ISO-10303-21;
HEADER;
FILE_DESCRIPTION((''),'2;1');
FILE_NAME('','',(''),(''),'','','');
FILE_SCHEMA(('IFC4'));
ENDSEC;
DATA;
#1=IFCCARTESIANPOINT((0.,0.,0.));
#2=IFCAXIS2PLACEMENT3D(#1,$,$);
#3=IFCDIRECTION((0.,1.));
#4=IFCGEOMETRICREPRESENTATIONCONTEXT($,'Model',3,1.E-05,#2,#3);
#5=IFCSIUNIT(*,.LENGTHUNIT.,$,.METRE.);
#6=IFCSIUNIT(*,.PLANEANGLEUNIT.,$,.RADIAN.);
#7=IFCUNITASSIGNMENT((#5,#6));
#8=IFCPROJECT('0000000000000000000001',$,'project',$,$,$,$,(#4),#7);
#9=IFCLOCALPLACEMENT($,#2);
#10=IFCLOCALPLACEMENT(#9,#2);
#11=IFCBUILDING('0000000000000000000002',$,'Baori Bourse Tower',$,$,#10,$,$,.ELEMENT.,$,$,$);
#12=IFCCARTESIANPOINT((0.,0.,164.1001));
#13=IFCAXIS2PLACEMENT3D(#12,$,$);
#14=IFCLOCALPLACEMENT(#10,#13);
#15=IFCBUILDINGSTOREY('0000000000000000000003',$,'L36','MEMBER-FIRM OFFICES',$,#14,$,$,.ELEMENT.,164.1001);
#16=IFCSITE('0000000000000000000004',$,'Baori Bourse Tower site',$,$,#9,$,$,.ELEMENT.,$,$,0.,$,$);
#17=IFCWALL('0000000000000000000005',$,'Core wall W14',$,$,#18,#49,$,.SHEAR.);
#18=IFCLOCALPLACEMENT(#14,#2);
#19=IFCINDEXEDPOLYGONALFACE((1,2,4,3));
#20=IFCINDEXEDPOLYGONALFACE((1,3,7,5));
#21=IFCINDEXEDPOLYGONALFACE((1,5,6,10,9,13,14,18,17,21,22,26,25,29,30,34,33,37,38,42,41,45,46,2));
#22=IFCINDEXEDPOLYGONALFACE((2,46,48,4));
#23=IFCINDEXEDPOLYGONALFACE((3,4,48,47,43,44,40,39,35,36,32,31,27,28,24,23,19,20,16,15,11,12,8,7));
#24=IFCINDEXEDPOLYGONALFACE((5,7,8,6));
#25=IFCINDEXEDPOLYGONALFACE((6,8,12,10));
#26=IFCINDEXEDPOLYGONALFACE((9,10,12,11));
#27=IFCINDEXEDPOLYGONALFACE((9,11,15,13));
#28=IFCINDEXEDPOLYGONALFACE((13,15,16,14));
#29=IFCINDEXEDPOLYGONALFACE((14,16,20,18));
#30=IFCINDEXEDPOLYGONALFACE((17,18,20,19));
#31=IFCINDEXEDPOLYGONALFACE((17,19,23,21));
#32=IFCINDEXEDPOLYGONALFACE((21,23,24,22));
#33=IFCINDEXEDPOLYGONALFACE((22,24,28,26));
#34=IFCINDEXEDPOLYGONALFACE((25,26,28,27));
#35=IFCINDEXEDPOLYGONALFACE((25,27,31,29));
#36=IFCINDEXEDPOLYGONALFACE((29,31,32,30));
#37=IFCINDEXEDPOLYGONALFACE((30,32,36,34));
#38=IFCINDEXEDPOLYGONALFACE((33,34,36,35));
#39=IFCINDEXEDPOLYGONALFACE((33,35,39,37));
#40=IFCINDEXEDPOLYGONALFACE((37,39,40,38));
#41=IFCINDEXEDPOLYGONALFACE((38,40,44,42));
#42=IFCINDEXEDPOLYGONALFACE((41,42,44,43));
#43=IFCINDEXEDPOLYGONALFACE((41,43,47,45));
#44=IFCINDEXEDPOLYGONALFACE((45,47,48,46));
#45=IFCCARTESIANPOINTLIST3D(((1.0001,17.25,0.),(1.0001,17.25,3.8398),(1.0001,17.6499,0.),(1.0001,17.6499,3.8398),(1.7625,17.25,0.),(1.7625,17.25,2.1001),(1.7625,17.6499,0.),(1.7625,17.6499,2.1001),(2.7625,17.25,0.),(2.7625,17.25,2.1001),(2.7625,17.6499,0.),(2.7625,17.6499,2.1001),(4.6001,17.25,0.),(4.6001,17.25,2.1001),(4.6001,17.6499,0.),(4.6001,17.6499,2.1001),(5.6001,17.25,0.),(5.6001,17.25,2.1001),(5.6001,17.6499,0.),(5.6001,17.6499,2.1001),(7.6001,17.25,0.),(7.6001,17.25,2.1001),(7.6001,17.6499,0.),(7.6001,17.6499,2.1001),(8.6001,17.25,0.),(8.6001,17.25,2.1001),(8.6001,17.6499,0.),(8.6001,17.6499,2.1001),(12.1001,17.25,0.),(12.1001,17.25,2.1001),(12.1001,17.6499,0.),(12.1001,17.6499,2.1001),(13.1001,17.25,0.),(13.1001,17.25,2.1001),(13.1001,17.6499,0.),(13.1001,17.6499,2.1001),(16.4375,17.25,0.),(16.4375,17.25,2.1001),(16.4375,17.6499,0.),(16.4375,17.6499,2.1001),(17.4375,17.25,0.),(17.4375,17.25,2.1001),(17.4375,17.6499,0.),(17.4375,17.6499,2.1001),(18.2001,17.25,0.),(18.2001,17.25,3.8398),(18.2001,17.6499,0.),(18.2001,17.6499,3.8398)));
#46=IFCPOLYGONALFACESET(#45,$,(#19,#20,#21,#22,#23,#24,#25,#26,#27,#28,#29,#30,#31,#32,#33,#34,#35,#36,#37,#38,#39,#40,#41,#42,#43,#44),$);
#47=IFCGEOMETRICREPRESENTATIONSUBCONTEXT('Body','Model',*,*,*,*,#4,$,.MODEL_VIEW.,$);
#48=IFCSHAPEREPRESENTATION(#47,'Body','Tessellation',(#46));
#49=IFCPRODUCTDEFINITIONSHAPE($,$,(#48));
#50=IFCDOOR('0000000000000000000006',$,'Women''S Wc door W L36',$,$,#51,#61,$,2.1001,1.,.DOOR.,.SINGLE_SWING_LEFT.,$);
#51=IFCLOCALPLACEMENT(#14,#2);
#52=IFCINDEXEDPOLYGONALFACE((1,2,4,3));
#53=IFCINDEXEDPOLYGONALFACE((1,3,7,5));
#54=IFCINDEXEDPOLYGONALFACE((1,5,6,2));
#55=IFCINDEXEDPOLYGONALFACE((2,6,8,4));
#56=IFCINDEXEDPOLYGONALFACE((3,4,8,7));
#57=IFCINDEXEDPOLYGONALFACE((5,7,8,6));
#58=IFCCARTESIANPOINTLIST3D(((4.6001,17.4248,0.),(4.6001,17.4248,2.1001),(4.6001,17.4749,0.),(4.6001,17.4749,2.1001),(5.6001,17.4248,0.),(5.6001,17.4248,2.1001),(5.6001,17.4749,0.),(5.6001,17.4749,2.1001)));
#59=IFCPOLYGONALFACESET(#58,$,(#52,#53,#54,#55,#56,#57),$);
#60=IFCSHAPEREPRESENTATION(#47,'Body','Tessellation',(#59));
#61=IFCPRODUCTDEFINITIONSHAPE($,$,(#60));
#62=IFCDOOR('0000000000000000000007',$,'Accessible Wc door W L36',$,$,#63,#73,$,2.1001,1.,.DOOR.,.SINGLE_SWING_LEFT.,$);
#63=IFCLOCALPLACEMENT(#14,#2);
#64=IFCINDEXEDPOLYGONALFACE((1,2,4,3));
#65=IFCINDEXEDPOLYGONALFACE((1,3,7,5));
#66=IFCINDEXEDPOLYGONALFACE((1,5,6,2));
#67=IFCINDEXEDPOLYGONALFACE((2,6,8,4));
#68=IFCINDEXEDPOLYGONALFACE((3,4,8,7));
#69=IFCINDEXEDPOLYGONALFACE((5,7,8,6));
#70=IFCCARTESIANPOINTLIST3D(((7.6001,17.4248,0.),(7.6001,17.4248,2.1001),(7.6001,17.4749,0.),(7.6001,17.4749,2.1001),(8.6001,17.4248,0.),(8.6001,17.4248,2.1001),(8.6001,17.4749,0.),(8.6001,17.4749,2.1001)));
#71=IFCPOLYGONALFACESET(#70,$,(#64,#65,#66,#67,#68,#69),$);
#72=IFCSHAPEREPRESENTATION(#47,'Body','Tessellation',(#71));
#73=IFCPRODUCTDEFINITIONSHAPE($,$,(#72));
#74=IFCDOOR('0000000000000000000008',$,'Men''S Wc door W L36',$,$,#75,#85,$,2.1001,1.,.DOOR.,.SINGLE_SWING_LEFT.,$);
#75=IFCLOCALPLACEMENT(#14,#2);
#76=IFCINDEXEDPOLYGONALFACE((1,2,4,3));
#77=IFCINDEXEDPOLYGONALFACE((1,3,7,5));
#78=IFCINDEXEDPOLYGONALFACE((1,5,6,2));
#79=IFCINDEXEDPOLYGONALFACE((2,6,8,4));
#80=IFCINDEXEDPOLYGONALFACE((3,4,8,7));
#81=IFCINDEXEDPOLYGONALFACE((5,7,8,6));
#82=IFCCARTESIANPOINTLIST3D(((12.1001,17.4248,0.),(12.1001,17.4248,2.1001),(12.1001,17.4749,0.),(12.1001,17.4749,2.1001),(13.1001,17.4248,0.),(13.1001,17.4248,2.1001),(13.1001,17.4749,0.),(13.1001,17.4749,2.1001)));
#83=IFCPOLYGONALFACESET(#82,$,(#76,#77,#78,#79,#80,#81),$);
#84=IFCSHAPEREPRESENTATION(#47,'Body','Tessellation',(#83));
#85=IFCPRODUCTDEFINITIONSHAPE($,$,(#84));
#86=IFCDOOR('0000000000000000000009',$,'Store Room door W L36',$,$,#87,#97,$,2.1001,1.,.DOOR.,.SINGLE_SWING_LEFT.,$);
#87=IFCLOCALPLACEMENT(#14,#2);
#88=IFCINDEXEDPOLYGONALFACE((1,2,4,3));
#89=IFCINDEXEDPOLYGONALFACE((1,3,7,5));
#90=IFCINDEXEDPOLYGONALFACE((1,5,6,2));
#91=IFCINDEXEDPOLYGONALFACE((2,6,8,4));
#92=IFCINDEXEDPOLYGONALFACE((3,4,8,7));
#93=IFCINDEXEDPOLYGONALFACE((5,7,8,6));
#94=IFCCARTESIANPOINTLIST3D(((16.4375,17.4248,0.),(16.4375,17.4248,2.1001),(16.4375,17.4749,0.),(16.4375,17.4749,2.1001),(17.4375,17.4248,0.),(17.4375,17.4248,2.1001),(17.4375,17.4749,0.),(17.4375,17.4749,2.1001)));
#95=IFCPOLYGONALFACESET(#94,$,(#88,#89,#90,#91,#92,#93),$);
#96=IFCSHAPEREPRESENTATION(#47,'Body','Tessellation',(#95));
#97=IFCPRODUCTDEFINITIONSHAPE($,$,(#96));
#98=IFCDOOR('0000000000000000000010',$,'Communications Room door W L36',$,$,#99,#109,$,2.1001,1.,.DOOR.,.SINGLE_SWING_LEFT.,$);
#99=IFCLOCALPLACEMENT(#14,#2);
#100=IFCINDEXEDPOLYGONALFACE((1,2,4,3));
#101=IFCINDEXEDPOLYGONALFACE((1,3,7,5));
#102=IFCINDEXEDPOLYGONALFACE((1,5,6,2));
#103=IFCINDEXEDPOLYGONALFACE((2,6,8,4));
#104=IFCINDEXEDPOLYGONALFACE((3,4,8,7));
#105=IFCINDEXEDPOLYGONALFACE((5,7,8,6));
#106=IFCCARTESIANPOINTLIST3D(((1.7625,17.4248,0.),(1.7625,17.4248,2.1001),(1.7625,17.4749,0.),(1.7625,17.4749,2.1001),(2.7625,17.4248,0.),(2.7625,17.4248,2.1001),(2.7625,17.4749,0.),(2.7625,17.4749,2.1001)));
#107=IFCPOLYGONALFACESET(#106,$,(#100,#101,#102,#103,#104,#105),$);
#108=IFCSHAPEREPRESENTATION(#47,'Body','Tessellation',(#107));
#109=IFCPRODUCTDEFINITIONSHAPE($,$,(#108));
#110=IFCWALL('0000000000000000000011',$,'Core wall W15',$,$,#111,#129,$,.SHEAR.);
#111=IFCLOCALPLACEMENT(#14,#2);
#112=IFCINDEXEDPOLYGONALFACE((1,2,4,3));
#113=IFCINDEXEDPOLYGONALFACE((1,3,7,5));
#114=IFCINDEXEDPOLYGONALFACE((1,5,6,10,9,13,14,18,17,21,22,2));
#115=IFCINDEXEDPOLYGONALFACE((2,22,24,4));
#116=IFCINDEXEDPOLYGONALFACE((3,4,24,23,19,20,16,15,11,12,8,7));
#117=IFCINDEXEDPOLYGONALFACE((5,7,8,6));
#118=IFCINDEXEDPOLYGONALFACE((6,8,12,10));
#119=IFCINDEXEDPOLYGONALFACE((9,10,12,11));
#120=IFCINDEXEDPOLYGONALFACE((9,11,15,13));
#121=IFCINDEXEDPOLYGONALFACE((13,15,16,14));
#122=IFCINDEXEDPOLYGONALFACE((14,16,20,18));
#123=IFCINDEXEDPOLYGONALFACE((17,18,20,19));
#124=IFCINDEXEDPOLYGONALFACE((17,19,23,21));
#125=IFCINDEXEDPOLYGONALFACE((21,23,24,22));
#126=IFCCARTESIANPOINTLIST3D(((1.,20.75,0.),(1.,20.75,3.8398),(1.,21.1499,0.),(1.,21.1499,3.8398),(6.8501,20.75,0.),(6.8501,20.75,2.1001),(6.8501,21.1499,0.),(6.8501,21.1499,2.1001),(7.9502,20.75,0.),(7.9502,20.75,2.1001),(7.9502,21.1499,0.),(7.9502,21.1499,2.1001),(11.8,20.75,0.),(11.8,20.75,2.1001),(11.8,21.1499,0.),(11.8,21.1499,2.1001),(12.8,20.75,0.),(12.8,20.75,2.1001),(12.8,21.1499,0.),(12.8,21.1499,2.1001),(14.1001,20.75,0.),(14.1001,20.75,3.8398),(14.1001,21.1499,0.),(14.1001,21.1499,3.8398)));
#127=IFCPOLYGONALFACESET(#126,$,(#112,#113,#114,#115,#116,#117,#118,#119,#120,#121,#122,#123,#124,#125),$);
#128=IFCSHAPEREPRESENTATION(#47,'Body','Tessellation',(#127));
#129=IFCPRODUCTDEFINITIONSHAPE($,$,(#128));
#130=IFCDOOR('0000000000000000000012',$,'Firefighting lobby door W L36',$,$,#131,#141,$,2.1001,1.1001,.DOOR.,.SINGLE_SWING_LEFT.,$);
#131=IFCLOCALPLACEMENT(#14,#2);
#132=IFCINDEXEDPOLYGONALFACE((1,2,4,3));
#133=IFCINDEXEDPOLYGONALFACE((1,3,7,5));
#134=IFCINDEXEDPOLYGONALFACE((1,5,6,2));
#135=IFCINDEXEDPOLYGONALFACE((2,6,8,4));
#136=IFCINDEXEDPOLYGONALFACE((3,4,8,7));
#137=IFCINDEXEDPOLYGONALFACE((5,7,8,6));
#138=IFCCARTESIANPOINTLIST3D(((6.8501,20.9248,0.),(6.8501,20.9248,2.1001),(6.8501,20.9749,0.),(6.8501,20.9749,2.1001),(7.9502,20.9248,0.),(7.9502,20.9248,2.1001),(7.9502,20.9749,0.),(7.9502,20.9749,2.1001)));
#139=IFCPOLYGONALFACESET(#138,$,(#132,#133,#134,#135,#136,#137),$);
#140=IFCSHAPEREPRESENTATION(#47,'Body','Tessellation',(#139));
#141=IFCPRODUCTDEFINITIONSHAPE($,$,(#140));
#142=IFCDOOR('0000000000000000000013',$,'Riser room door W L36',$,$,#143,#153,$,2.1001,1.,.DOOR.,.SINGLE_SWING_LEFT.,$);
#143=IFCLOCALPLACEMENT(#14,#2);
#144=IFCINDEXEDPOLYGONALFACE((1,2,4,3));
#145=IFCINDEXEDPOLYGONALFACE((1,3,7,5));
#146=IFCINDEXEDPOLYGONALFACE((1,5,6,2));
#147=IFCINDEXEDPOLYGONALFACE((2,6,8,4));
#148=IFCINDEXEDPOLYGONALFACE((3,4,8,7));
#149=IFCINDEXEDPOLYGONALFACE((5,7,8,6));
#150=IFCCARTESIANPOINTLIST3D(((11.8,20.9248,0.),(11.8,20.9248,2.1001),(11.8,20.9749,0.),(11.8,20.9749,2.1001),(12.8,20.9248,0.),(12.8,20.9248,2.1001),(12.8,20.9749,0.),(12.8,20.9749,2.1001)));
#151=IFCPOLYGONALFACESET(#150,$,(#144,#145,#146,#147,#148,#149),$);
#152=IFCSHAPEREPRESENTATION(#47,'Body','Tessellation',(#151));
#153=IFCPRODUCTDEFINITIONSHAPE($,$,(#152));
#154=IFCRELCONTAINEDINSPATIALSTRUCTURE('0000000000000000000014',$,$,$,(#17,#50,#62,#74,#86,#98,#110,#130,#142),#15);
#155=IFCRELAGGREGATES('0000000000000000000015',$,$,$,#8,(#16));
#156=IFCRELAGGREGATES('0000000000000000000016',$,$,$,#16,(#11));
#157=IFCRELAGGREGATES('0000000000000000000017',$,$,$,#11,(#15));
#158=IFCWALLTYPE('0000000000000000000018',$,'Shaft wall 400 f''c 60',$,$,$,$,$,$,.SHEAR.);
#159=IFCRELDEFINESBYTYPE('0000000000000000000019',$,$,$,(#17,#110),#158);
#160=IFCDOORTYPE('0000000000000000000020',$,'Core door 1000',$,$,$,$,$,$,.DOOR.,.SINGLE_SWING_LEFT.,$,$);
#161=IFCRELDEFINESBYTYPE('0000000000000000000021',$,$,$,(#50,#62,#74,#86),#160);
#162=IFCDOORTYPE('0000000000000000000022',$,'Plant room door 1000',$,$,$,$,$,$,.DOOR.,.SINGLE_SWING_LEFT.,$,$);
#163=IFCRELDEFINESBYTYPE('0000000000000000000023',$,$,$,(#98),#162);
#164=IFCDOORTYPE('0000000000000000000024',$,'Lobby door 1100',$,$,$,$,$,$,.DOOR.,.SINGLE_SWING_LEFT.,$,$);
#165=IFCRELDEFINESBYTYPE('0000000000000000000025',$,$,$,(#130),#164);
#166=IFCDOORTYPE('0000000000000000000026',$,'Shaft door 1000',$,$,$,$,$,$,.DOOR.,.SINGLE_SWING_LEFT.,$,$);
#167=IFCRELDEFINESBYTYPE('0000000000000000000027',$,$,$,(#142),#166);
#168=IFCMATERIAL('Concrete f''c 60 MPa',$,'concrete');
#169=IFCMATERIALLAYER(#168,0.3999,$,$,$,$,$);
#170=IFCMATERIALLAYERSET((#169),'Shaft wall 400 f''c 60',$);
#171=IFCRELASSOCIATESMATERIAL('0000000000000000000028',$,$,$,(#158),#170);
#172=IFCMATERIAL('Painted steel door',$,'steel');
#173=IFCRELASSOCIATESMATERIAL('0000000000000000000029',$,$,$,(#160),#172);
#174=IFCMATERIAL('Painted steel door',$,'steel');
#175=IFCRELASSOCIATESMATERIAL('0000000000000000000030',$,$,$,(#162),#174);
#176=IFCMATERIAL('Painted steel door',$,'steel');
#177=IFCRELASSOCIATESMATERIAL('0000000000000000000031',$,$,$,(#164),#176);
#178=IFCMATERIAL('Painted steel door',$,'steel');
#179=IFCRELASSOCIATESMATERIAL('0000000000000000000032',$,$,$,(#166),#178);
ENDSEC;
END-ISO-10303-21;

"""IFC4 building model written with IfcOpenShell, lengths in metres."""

from ifc_helpers import new_model, si_unit, direction, frame, frame_2d, origin, place, context, subcontext, project, spatial, rectangle, extrude, material, layer, layer_set, type_object, element, fill, save


model = new_model("IFC4")

# Units and contexts
model_context = context("Model", 3, precision=1e-05, world=origin(), true_north=direction((0.0, 1.0)))
body_context = subcontext(model_context, "Body", "Model", "MODEL_VIEW")
ifc_project = project(units=[si_unit("LENGTHUNIT", "METRE"), si_unit("PLANEANGLEUNIT", "RADIAN")], contexts=[model_context])

# Site, building, storey
site_placement = place(None, origin())
site = spatial("IfcSite", under=ifc_project, at=site_placement, Name="Baori Bourse Tower site", CompositionType="ELEMENT", RefElevation=0.0)
building_placement = place(site_placement, origin())
building = spatial("IfcBuilding", under=site, at=building_placement, Name="Baori Bourse Tower", CompositionType="ELEMENT")
storey_placement = place(building_placement, frame((0.0, 0.0, 164.1001)))
storey = spatial("IfcBuildingStorey", under=building, at=storey_placement, Name="L36", Description="MEMBER-FIRM OFFICES", CompositionType="ELEMENT", Elevation=164.1001)

# Shared definitions
ifc_material_1 = material(Name="Concrete f'c 60 MPa", Category="concrete")
ifc_layer_1 = layer(ifc_material_1, 0.3999)
ifc_layer_set_1 = layer_set([ifc_layer_1], Name="Shaft wall 400 f'c 60")
wall_type_1 = type_object("IfcWallType", Name="Shaft wall 400 f'c 60", PredefinedType="SHEAR", material=ifc_layer_set_1)

# Walls, openings, doors
wall_1_placement = place(storey_placement, frame((1.0, 17.45, 0.0), z_axis=(0.0, 0.0, 1.0), x_axis=(1.0, 0.0, 0.0)))
wall_1 = element("IfcWall", 1, at=wall_1_placement, inside=storey, type_object=wall_type_1, Name="Core wall W14", PredefinedType="SHEAR", context=body_context, shape_type="SweptSolid", body=[
    extrude(rectangle(XDim=17.2, YDim=0.3999, at=frame_2d((8.6001, 0.0))), origin(), (0.0, 0.0, 1.0), 3.8398),
])
opening_1_placement = place(wall_1_placement, frame((0.7625, 0.0, 0.0)))
opening_1 = element("IfcOpeningElement", 2, at=opening_1_placement, cuts=wall_1, PredefinedType="OPENING", context=body_context, shape_type="SweptSolid", body=[
    extrude(rectangle(XDim=1.0, YDim=2.1001, at=frame_2d((0.5, 1.05))), frame((0.0, 0.21, 0.0), z_axis=(0.0, -1.0, 0.0), x_axis=(1.0, 0.0, 0.0)), (0.0, 0.0, 1.0), 0.4199),
])
opening_2_placement = place(wall_1_placement, frame((3.6001, 0.0, 0.0)))
opening_2 = element("IfcOpeningElement", 3, at=opening_2_placement, cuts=wall_1, PredefinedType="OPENING", context=body_context, shape_type="SweptSolid", body=[
    extrude(rectangle(XDim=1.0, YDim=2.1001, at=frame_2d((0.5, 1.05))), frame((0.0, 0.21, 0.0), z_axis=(0.0, -1.0, 0.0), x_axis=(1.0, 0.0, 0.0)), (0.0, 0.0, 1.0), 0.4199),
])
opening_3_placement = place(wall_1_placement, frame((6.6001, 0.0, 0.0)))
opening_3 = element("IfcOpeningElement", 4, at=opening_3_placement, cuts=wall_1, PredefinedType="OPENING", context=body_context, shape_type="SweptSolid", body=[
    extrude(rectangle(XDim=1.0, YDim=2.1001, at=frame_2d((0.5, 1.05))), frame((0.0, 0.21, 0.0), z_axis=(0.0, -1.0, 0.0), x_axis=(1.0, 0.0, 0.0)), (0.0, 0.0, 1.0), 0.4199),
])
opening_4_placement = place(wall_1_placement, frame((11.1001, 0.0, 0.0)))
opening_4 = element("IfcOpeningElement", 5, at=opening_4_placement, cuts=wall_1, PredefinedType="OPENING", context=body_context, shape_type="SweptSolid", body=[
    extrude(rectangle(XDim=1.0, YDim=2.1001, at=frame_2d((0.5, 1.05))), frame((0.0, 0.21, 0.0), z_axis=(0.0, -1.0, 0.0), x_axis=(1.0, 0.0, 0.0)), (0.0, 0.0, 1.0), 0.4199),
])
opening_5_placement = place(wall_1_placement, frame((15.4375, 0.0, 0.0)))
opening_5 = element("IfcOpeningElement", 6, at=opening_5_placement, cuts=wall_1, PredefinedType="OPENING", context=body_context, shape_type="SweptSolid", body=[
    extrude(rectangle(XDim=1.0, YDim=2.1001, at=frame_2d((0.5, 1.05))), frame((0.0, 0.21, 0.0), z_axis=(0.0, -1.0, 0.0), x_axis=(1.0, 0.0, 0.0)), (0.0, 0.0, 1.0), 0.4199),
])
ifc_material_2 = material(Name="Painted steel door", Category="steel")
door_type_1 = type_object("IfcDoorType", Name="Core door 1000", OperationType="SINGLE_SWING_LEFT", PredefinedType="DOOR", material=ifc_material_2)
door_1_placement = place(opening_2_placement, origin())
door_1 = element("IfcDoor", 7, at=door_1_placement, inside=storey, type_object=door_type_1, Name="Women'S Wc door W L36", OperationType="SINGLE_SWING_LEFT", OverallHeight=2.1001, OverallWidth=1.0, PredefinedType="DOOR", context=body_context, shape_type="SweptSolid", body=[
    extrude(rectangle(XDim=1.0, YDim=2.1001, at=frame_2d((0.5, 1.05))), frame((0.0, 0.0249, 0.0), z_axis=(0.0, -1.0, 0.0), x_axis=(1.0, 0.0, 0.0)), (0.0, 0.0, 1.0), 0.05),
])
fill(opening_2, door_1)
door_2_placement = place(opening_3_placement, origin())
door_2 = element("IfcDoor", 8, at=door_2_placement, inside=storey, type_object=door_type_1, Name="Accessible Wc door W L36", OperationType="SINGLE_SWING_LEFT", OverallHeight=2.1001, OverallWidth=1.0, PredefinedType="DOOR", context=body_context, shape_type="SweptSolid", body=[
    extrude(rectangle(XDim=1.0, YDim=2.1001, at=frame_2d((0.5, 1.05))), frame((0.0, 0.0249, 0.0), z_axis=(0.0, -1.0, 0.0), x_axis=(1.0, 0.0, 0.0)), (0.0, 0.0, 1.0), 0.05),
])
fill(opening_3, door_2)
door_3_placement = place(opening_4_placement, origin())
door_3 = element("IfcDoor", 9, at=door_3_placement, inside=storey, type_object=door_type_1, Name="Men'S Wc door W L36", OperationType="SINGLE_SWING_LEFT", OverallHeight=2.1001, OverallWidth=1.0, PredefinedType="DOOR", context=body_context, shape_type="SweptSolid", body=[
    extrude(rectangle(XDim=1.0, YDim=2.1001, at=frame_2d((0.5, 1.05))), frame((0.0, 0.0249, 0.0), z_axis=(0.0, -1.0, 0.0), x_axis=(1.0, 0.0, 0.0)), (0.0, 0.0, 1.0), 0.05),
])
fill(opening_4, door_3)
door_4_placement = place(opening_5_placement, origin())
door_4 = element("IfcDoor", 10, at=door_4_placement, inside=storey, type_object=door_type_1, Name="Store Room door W L36", OperationType="SINGLE_SWING_LEFT", OverallHeight=2.1001, OverallWidth=1.0, PredefinedType="DOOR", context=body_context, shape_type="SweptSolid", body=[
    extrude(rectangle(XDim=1.0, YDim=2.1001, at=frame_2d((0.5, 1.05))), frame((0.0, 0.0249, 0.0), z_axis=(0.0, -1.0, 0.0), x_axis=(1.0, 0.0, 0.0)), (0.0, 0.0, 1.0), 0.05),
])
fill(opening_5, door_4)
ifc_material_3 = material(Name="Painted steel door", Category="steel")
door_type_2 = type_object("IfcDoorType", Name="Plant room door 1000", OperationType="SINGLE_SWING_LEFT", PredefinedType="DOOR", material=ifc_material_3)
door_5_placement = place(opening_1_placement, origin())
door_5 = element("IfcDoor", 11, at=door_5_placement, inside=storey, type_object=door_type_2, Name="Communications Room door W L36", OperationType="SINGLE_SWING_LEFT", OverallHeight=2.1001, OverallWidth=1.0, PredefinedType="DOOR", context=body_context, shape_type="SweptSolid", body=[
    extrude(rectangle(XDim=1.0, YDim=2.1001, at=frame_2d((0.5, 1.05))), frame((0.0, 0.0249, 0.0), z_axis=(0.0, -1.0, 0.0), x_axis=(1.0, 0.0, 0.0)), (0.0, 0.0, 1.0), 0.05),
])
fill(opening_1, door_5)
wall_2_placement = place(storey_placement, frame((1.0, 20.95, 0.0), z_axis=(0.0, 0.0, 1.0), x_axis=(1.0, 0.0, 0.0)))
wall_2 = element("IfcWall", 12, at=wall_2_placement, inside=storey, type_object=wall_type_1, Name="Core wall W15", PredefinedType="SHEAR", context=body_context, shape_type="SweptSolid", body=[
    extrude(rectangle(XDim=13.1001, YDim=0.3999, at=frame_2d((6.55, 0.0))), origin(), (0.0, 0.0, 1.0), 3.8398),
])
opening_6_placement = place(wall_2_placement, frame((5.8501, 0.0, 0.0)))
opening_6 = element("IfcOpeningElement", 13, at=opening_6_placement, cuts=wall_2, PredefinedType="OPENING", context=body_context, shape_type="SweptSolid", body=[
    extrude(rectangle(XDim=1.1001, YDim=2.1001, at=frame_2d((0.55, 1.05))), frame((0.0, 0.21, 0.0), z_axis=(0.0, -1.0, 0.0), x_axis=(1.0, 0.0, 0.0)), (0.0, 0.0, 1.0), 0.4199),
])
opening_7_placement = place(wall_2_placement, frame((10.8, 0.0, 0.0)))
opening_7 = element("IfcOpeningElement", 14, at=opening_7_placement, cuts=wall_2, PredefinedType="OPENING", context=body_context, shape_type="SweptSolid", body=[
    extrude(rectangle(XDim=1.0, YDim=2.1001, at=frame_2d((0.5, 1.05))), frame((0.0, 0.21, 0.0), z_axis=(0.0, -1.0, 0.0), x_axis=(1.0, 0.0, 0.0)), (0.0, 0.0, 1.0), 0.4199),
])
ifc_material_4 = material(Name="Painted steel door", Category="steel")
door_type_3 = type_object("IfcDoorType", Name="Lobby door 1100", OperationType="SINGLE_SWING_LEFT", PredefinedType="DOOR", material=ifc_material_4)
door_6_placement = place(opening_6_placement, origin())
door_6 = element("IfcDoor", 15, at=door_6_placement, inside=storey, type_object=door_type_3, Name="Firefighting lobby door W L36", OperationType="SINGLE_SWING_LEFT", OverallHeight=2.1001, OverallWidth=1.1001, PredefinedType="DOOR", context=body_context, shape_type="SweptSolid", body=[
    extrude(rectangle(XDim=1.1001, YDim=2.1001, at=frame_2d((0.55, 1.05))), frame((0.0, 0.0249, 0.0), z_axis=(0.0, -1.0, 0.0), x_axis=(1.0, 0.0, 0.0)), (0.0, 0.0, 1.0), 0.05),
])
fill(opening_6, door_6)
ifc_material_5 = material(Name="Painted steel door", Category="steel")
door_type_4 = type_object("IfcDoorType", Name="Shaft door 1000", OperationType="SINGLE_SWING_LEFT", PredefinedType="DOOR", material=ifc_material_5)
door_7_placement = place(opening_7_placement, origin())
door_7 = element("IfcDoor", 16, at=door_7_placement, inside=storey, type_object=door_type_4, Name="Riser room door W L36", OperationType="SINGLE_SWING_LEFT", OverallHeight=2.1001, OverallWidth=1.0, PredefinedType="DOOR", context=body_context, shape_type="SweptSolid", body=[
    extrude(rectangle(XDim=1.0, YDim=2.1001, at=frame_2d((0.5, 1.05))), frame((0.0, 0.0249, 0.0), z_axis=(0.0, -1.0, 0.0), x_axis=(1.0, 0.0, 0.0)), (0.0, 0.0, 1.0), 0.05),
])
fill(opening_7, door_7)

save(model, "model.ifc")
